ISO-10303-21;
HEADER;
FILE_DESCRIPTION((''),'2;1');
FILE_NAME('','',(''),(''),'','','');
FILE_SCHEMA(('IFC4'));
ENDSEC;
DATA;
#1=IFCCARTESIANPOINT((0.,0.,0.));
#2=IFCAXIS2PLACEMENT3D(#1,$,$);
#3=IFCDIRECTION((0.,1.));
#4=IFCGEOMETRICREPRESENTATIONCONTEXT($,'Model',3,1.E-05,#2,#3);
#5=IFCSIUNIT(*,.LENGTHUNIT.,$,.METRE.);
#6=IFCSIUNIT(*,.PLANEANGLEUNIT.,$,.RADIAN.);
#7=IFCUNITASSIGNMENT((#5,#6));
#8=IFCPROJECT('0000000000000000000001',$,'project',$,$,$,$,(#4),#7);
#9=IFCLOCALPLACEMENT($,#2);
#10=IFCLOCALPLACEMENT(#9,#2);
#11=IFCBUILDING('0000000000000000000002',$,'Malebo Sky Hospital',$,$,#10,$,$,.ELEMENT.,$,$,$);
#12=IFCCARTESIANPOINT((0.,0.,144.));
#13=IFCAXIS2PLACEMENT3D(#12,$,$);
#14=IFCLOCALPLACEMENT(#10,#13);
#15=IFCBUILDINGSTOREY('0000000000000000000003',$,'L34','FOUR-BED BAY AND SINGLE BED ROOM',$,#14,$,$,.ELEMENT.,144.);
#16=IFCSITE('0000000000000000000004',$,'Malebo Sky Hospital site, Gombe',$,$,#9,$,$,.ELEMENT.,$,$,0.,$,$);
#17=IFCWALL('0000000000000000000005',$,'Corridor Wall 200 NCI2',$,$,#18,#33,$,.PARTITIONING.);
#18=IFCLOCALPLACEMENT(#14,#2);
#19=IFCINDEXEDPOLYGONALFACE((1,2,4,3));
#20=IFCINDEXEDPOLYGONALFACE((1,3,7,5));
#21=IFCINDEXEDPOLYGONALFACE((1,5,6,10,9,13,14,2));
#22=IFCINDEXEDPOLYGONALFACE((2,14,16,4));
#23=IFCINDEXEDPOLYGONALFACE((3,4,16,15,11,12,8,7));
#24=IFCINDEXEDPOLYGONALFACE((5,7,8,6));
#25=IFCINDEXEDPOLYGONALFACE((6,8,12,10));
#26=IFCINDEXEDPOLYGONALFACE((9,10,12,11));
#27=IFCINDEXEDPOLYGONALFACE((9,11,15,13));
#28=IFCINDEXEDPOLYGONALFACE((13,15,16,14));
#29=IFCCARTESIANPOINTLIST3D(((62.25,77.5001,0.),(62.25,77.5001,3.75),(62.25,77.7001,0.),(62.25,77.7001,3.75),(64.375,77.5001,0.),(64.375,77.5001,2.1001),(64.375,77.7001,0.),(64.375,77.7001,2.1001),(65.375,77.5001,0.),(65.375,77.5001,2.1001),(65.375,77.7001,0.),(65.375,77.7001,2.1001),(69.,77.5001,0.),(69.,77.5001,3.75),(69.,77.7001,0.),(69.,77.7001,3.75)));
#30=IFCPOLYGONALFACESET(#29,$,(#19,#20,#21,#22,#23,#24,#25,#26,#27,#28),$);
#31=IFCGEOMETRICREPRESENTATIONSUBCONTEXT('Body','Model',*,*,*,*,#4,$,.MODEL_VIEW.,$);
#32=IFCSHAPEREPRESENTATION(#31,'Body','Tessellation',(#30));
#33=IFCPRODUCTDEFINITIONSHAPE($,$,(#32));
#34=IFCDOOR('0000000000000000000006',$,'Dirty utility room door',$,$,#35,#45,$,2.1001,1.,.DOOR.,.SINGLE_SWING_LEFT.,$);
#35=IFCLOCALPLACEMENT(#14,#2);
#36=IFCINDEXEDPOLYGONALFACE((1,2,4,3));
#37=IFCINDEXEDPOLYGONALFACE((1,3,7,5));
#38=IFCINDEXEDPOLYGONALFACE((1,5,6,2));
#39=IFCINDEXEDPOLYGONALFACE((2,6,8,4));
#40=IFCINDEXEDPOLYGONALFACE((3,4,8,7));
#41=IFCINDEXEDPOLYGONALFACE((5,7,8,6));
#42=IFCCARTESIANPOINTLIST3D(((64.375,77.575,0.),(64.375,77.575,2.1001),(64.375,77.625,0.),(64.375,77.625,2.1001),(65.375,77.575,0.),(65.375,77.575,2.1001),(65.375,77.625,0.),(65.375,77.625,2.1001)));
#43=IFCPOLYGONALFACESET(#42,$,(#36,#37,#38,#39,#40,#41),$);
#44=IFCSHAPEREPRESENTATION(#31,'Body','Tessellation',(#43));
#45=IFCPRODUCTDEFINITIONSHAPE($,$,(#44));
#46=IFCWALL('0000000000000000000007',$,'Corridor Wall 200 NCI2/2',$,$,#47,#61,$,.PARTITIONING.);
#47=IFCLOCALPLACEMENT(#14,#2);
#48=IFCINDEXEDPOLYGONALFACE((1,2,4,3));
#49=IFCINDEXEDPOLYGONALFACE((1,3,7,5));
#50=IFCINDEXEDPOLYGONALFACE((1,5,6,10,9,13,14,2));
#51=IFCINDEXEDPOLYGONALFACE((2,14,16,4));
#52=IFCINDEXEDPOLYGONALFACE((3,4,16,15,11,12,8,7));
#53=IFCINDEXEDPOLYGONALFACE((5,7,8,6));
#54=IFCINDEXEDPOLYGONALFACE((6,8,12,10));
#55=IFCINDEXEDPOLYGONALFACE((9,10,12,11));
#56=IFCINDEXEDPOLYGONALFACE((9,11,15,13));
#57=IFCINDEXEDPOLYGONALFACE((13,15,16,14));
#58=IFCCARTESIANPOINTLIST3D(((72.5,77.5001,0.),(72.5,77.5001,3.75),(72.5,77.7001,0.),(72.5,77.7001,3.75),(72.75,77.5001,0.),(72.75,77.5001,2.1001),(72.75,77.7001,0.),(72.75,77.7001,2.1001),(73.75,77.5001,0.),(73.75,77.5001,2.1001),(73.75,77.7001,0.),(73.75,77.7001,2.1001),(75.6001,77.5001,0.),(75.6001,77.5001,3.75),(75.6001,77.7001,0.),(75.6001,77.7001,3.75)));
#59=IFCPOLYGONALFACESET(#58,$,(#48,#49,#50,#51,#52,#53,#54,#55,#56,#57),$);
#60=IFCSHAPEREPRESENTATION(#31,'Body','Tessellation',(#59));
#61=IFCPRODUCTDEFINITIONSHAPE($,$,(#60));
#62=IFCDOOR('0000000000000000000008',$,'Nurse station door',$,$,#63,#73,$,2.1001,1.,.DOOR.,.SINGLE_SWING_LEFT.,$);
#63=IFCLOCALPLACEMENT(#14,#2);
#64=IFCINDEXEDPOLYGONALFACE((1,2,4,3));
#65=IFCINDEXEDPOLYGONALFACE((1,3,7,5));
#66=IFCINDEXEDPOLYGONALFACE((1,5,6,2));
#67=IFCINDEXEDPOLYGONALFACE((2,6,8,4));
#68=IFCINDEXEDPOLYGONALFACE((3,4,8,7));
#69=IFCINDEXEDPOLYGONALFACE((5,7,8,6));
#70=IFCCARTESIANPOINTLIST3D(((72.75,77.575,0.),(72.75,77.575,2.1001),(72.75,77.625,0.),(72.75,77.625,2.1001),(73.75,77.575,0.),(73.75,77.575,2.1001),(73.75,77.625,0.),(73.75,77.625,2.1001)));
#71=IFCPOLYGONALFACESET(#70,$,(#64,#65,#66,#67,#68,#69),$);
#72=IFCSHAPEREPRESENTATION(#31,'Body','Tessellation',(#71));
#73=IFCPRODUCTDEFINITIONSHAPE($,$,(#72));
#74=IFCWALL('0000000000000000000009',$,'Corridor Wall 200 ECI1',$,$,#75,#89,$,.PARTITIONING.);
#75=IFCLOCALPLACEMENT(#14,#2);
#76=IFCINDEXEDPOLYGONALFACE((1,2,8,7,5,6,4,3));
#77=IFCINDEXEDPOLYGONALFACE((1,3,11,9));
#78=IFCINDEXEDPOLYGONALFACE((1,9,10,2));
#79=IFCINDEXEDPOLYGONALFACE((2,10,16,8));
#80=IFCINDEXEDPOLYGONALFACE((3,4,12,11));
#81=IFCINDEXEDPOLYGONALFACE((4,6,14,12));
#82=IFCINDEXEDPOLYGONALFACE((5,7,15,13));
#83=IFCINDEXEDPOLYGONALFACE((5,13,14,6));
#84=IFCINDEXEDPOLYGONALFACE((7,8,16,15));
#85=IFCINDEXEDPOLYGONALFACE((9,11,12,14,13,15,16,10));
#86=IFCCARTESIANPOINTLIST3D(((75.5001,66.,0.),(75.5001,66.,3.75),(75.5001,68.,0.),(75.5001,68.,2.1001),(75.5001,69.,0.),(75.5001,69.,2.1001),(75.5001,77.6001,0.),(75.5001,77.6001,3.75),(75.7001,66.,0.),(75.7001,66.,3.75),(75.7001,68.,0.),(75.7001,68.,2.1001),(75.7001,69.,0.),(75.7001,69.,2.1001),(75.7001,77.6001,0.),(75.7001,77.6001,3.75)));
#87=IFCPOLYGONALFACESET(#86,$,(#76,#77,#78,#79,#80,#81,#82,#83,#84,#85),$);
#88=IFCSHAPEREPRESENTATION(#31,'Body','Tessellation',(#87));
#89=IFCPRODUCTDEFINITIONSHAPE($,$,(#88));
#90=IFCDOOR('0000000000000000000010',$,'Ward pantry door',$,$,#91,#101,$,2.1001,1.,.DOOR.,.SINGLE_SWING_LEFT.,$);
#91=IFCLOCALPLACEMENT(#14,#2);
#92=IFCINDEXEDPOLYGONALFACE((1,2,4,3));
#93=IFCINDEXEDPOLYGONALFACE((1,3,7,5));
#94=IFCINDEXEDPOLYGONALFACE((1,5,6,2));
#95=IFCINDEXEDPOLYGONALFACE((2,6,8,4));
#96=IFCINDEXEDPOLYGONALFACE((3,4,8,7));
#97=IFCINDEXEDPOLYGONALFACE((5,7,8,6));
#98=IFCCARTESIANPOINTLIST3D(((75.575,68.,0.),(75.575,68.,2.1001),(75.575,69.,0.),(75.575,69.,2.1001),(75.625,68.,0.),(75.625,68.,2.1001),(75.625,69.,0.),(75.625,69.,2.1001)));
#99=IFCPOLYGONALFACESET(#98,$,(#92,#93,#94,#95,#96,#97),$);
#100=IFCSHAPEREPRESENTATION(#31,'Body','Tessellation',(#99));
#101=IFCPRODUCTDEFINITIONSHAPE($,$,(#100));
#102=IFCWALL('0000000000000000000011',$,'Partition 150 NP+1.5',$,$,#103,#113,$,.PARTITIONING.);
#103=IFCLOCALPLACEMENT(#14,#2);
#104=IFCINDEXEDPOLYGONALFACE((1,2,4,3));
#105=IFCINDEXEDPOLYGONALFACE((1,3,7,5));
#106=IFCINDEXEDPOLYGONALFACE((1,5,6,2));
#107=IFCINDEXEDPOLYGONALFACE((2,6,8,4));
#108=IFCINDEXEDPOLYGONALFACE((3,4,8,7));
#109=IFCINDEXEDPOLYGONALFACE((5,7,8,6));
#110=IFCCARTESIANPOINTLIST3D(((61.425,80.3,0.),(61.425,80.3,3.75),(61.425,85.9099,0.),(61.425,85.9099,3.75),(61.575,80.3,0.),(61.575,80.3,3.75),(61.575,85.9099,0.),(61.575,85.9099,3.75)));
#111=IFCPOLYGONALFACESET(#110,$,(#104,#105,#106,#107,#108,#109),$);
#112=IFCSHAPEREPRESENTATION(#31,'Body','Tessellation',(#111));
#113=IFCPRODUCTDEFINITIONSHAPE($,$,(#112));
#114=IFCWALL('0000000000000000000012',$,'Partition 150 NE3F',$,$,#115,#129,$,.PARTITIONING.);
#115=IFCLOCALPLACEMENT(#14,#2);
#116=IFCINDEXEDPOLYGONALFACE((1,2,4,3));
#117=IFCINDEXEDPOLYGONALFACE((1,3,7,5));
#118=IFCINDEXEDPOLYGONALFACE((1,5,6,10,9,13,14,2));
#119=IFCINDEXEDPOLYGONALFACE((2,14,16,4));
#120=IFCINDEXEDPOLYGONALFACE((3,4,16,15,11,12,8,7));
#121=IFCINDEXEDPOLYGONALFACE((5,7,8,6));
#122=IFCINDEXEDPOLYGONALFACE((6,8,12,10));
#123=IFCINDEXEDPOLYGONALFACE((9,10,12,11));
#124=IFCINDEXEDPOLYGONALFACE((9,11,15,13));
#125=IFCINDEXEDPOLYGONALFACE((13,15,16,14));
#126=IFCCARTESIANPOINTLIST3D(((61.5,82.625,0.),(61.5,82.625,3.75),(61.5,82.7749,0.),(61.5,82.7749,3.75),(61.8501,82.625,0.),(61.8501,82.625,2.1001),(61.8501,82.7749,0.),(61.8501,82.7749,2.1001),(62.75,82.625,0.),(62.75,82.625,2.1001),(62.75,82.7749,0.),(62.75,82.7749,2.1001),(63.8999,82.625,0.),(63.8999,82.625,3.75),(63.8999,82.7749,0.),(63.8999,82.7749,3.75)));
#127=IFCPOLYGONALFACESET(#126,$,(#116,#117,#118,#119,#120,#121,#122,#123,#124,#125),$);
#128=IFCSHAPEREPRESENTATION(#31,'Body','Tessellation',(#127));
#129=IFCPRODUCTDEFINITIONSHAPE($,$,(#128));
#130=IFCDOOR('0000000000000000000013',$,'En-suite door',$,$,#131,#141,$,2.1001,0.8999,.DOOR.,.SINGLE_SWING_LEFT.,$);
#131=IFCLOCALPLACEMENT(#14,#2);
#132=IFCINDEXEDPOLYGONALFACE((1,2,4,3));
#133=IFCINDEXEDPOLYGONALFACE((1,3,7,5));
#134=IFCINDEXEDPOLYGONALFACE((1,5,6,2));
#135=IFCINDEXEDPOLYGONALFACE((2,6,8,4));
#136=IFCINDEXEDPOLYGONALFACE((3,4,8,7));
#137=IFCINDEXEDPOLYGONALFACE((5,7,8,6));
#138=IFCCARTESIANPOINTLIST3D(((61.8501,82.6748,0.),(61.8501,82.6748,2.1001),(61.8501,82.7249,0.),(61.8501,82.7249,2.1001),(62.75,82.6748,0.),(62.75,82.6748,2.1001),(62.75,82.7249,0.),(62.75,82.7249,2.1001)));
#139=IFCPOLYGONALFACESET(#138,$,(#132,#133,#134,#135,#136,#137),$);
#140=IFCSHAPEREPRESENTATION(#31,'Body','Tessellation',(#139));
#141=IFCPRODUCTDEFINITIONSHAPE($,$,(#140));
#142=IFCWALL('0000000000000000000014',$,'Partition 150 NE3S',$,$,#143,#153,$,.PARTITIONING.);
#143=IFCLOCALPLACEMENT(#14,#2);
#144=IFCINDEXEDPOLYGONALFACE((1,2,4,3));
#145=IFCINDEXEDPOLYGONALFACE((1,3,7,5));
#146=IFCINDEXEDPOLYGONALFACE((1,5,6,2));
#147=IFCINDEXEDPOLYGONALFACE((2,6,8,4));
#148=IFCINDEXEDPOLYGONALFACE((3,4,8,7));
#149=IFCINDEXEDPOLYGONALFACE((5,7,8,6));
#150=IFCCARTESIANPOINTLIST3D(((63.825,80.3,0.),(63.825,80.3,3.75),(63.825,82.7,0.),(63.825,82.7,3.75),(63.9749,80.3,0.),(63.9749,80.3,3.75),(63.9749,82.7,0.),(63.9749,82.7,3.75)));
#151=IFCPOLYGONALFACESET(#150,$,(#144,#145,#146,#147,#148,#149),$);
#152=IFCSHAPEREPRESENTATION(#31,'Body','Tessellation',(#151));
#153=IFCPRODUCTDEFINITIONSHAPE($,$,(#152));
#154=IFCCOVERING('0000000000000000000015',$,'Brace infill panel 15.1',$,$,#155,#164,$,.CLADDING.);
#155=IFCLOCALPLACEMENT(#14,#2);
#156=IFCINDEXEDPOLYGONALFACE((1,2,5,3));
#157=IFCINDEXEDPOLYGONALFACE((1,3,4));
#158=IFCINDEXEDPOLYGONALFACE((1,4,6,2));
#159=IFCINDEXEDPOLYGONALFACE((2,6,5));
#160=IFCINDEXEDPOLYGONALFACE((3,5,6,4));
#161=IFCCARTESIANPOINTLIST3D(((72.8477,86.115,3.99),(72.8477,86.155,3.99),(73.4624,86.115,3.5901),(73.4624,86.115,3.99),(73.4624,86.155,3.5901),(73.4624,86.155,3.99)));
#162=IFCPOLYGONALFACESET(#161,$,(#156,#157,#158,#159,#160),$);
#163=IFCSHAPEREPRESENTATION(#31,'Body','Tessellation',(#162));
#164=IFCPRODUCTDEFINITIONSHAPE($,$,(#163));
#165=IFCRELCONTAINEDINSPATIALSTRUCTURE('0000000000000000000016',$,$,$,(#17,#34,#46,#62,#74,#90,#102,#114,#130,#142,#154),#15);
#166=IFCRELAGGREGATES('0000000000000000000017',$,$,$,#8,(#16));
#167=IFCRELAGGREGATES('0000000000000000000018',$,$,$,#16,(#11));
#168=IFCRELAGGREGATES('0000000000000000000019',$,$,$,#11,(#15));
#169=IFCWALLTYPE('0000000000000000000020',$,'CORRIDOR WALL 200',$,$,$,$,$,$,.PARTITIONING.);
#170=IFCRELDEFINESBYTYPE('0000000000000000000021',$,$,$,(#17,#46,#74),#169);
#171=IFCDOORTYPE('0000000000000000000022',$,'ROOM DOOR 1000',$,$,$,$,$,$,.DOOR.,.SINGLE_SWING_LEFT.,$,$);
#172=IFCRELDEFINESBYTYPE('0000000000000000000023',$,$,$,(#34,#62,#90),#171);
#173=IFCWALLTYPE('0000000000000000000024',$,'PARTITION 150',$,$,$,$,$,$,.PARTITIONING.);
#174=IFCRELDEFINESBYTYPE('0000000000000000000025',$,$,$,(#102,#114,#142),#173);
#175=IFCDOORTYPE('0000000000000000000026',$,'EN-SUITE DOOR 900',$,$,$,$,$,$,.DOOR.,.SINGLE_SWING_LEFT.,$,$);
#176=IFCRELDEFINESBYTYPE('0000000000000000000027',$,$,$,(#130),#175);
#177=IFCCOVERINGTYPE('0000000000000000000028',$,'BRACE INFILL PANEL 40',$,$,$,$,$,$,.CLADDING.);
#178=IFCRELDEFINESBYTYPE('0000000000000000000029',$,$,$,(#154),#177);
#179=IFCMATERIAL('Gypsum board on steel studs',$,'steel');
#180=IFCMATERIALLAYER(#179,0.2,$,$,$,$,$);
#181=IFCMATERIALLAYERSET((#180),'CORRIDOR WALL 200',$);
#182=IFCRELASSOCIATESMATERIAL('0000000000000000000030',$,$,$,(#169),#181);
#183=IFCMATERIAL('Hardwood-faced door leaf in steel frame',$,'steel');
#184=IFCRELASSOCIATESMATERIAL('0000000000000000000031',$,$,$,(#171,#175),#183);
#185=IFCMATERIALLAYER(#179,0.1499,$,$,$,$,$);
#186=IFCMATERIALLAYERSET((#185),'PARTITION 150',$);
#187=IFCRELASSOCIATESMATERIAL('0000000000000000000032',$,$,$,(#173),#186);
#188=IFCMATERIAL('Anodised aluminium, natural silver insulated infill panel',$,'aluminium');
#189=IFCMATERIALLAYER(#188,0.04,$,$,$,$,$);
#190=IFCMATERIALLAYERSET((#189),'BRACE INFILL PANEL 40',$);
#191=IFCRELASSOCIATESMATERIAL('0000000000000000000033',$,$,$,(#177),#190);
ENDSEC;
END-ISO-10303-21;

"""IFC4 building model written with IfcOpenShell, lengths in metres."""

from ifc_helpers import new_model, si_unit, direction, frame, frame_2d, origin, place, context, subcontext, project, spatial, polyline, rectangle, outline, extrude, material, layer, layer_set, type_object, element, fill, save


model = new_model("IFC4")

# Units and contexts
model_context = context("Model", 3, precision=1e-05, world=origin(), true_north=direction((0.0, 1.0)))
body_context = subcontext(model_context, "Body", "Model", "MODEL_VIEW")
ifc_project = project(units=[si_unit("LENGTHUNIT", "METRE"), si_unit("PLANEANGLEUNIT", "RADIAN")], contexts=[model_context])

# Site, building, storey
site_placement = place(None, origin())
site = spatial("IfcSite", under=ifc_project, at=site_placement, Name="Malebo Sky Hospital site, Gombe", CompositionType="ELEMENT", RefElevation=0.0)
building_placement = place(site_placement, origin())
building = spatial("IfcBuilding", under=site, at=building_placement, Name="Malebo Sky Hospital", CompositionType="ELEMENT")
storey_placement = place(building_placement, frame((0.0, 0.0, 144.0)))
storey = spatial("IfcBuildingStorey", under=building, at=storey_placement, Name="L34", Description="FOUR-BED BAY AND SINGLE BED ROOM", CompositionType="ELEMENT", Elevation=144.0)

# Walls, openings, doors
ifc_material_1 = material(Name="Gypsum board on steel studs", Category="steel")
ifc_layer_1 = layer(ifc_material_1, 0.2)
ifc_layer_set_1 = layer_set([ifc_layer_1], Name="CORRIDOR WALL 200")
wall_type_1 = type_object("IfcWallType", Name="CORRIDOR WALL 200", PredefinedType="PARTITIONING", material=ifc_layer_set_1)
wall_1_placement = place(storey_placement, frame((62.25, 77.6001, 0.0), z_axis=(0.0, 0.0, 1.0), x_axis=(1.0, 0.0, 0.0)))
wall_1 = element("IfcWall", 1, at=wall_1_placement, inside=storey, type_object=wall_type_1, Name="Corridor Wall 200 NCI2", PredefinedType="PARTITIONING", context=body_context, shape_type="SweptSolid", body=[
    extrude(rectangle(XDim=6.75, YDim=0.2, at=frame_2d((3.375, 0.0))), origin(), (0.0, 0.0, 1.0), 3.75),
])
opening_1_placement = place(wall_1_placement, frame((2.125, 0.0, 0.0)))
opening_1 = element("IfcOpeningElement", 2, at=opening_1_placement, cuts=wall_1, PredefinedType="OPENING", context=body_context, shape_type="SweptSolid", body=[
    extrude(rectangle(XDim=1.0, YDim=2.1001, at=frame_2d((0.5, 1.05))), frame((0.0, 0.1099, 0.0), z_axis=(0.0, -1.0, 0.0), x_axis=(1.0, 0.0, 0.0)), (0.0, 0.0, 1.0), 0.22),
])
ifc_material_2 = material(Name="Hardwood-faced door leaf in steel frame", Category="steel")
door_type_1 = type_object("IfcDoorType", Name="ROOM DOOR 1000", OperationType="SINGLE_SWING_LEFT", PredefinedType="DOOR", material=ifc_material_2)
door_1_placement = place(opening_1_placement, origin())
door_1 = element("IfcDoor", 3, at=door_1_placement, inside=storey, type_object=door_type_1, Name="Dirty utility room door", OperationType="SINGLE_SWING_LEFT", OverallHeight=2.1001, OverallWidth=1.0, PredefinedType="DOOR", context=body_context, shape_type="SweptSolid", body=[
    extrude(rectangle(XDim=1.0, YDim=2.1001, at=frame_2d((0.5, 1.05))), frame((0.0, 0.0249, 0.0), z_axis=(0.0, -1.0, 0.0), x_axis=(1.0, 0.0, 0.0)), (0.0, 0.0, 1.0), 0.05),
])
fill(opening_1, door_1)
wall_2_placement = place(storey_placement, frame((72.5, 77.6001, 0.0), z_axis=(0.0, 0.0, 1.0), x_axis=(1.0, 0.0, 0.0)))
wall_2 = element("IfcWall", 4, at=wall_2_placement, inside=storey, type_object=wall_type_1, Name="Corridor Wall 200 NCI2/2", PredefinedType="PARTITIONING", context=body_context, shape_type="SweptSolid", body=[
    extrude(rectangle(XDim=3.1001, YDim=0.2, at=frame_2d((1.55, 0.0))), origin(), (0.0, 0.0, 1.0), 3.75),
])
opening_2_placement = place(wall_2_placement, frame((0.25, 0.0, 0.0)))
opening_2 = element("IfcOpeningElement", 5, at=opening_2_placement, cuts=wall_2, PredefinedType="OPENING", context=body_context, shape_type="SweptSolid", body=[
    extrude(rectangle(XDim=1.0, YDim=2.1001, at=frame_2d((0.5, 1.05))), frame((0.0, 0.1099, 0.0), z_axis=(0.0, -1.0, 0.0), x_axis=(1.0, 0.0, 0.0)), (0.0, 0.0, 1.0), 0.22),
])
door_2_placement = place(opening_2_placement, origin())
door_2 = element("IfcDoor", 6, at=door_2_placement, inside=storey, type_object=door_type_1, Name="Nurse station door", OperationType="SINGLE_SWING_LEFT", OverallHeight=2.1001, OverallWidth=1.0, PredefinedType="DOOR", context=body_context, shape_type="SweptSolid", body=[
    extrude(rectangle(XDim=1.0, YDim=2.1001, at=frame_2d((0.5, 1.05))), frame((0.0, 0.0249, 0.0), z_axis=(0.0, -1.0, 0.0), x_axis=(1.0, 0.0, 0.0)), (0.0, 0.0, 1.0), 0.05),
])
fill(opening_2, door_2)
wall_3_placement = place(storey_placement, frame((75.6001, 77.6001, 0.0), z_axis=(0.0, 0.0, 1.0), x_axis=(0.0, -1.0, 0.0)))
wall_3 = element("IfcWall", 7, at=wall_3_placement, inside=storey, type_object=wall_type_1, Name="Corridor Wall 200 ECI1", PredefinedType="PARTITIONING", context=body_context, shape_type="SweptSolid", body=[
    extrude(rectangle(XDim=11.6001, YDim=0.2, at=frame_2d((5.8, 0.0))), origin(), (0.0, 0.0, 1.0), 3.75),
])
opening_3_placement = place(wall_3_placement, frame((8.6001, 0.0, 0.0)))
opening_3 = element("IfcOpeningElement", 8, at=opening_3_placement, cuts=wall_3, PredefinedType="OPENING", context=body_context, shape_type="SweptSolid", body=[
    extrude(rectangle(XDim=1.0, YDim=2.1001, at=frame_2d((0.5, 1.05))), frame((0.0, 0.1099, 0.0), z_axis=(0.0, -1.0, 0.0), x_axis=(1.0, 0.0, 0.0)), (0.0, 0.0, 1.0), 0.22),
])
door_3_placement = place(opening_3_placement, origin())
door_3 = element("IfcDoor", 9, at=door_3_placement, inside=storey, type_object=door_type_1, Name="Ward pantry door", OperationType="SINGLE_SWING_LEFT", OverallHeight=2.1001, OverallWidth=1.0, PredefinedType="DOOR", context=body_context, shape_type="SweptSolid", body=[
    extrude(rectangle(XDim=1.0, YDim=2.1001, at=frame_2d((0.5, 1.05))), frame((0.0, 0.0249, 0.0), z_axis=(0.0, -1.0, 0.0), x_axis=(1.0, 0.0, 0.0)), (0.0, 0.0, 1.0), 0.05),
])
fill(opening_3, door_3)

# Wall
ifc_layer_2 = layer(ifc_material_1, 0.1499)
ifc_layer_set_2 = layer_set([ifc_layer_2], Name="PARTITION 150")
wall_type_2 = type_object("IfcWallType", Name="PARTITION 150", PredefinedType="PARTITIONING", material=ifc_layer_set_2)
wall_4_placement = place(storey_placement, frame((61.5, 80.3, 0.0), z_axis=(0.0, 0.0, 1.0), x_axis=(0.0, 1.0, 0.0)))
element("IfcWall", 10, at=wall_4_placement, inside=storey, type_object=wall_type_2, Name="Partition 150 NP+1.5", PredefinedType="PARTITIONING", context=body_context, shape_type="SweptSolid", body=[
    extrude(rectangle(XDim=5.6099, YDim=0.1499, at=frame_2d((2.8049, 0.0))), origin(), (0.0, 0.0, 1.0), 3.75),
])

# Wall, opening, door
wall_5_placement = place(storey_placement, frame((61.5, 82.7, 0.0), z_axis=(0.0, 0.0, 1.0), x_axis=(1.0, 0.0, 0.0)))
wall_5 = element("IfcWall", 11, at=wall_5_placement, inside=storey, type_object=wall_type_2, Name="Partition 150 NE3F", PredefinedType="PARTITIONING", context=body_context, shape_type="SweptSolid", body=[
    extrude(rectangle(XDim=2.3999, YDim=0.1499, at=frame_2d((1.2, 0.0))), origin(), (0.0, 0.0, 1.0), 3.75),
])
opening_4_placement = place(wall_5_placement, frame((0.3501, 0.0, 0.0)))
opening_4 = element("IfcOpeningElement", 12, at=opening_4_placement, cuts=wall_5, PredefinedType="OPENING", context=body_context, shape_type="SweptSolid", body=[
    extrude(rectangle(XDim=0.8999, YDim=2.1001, at=frame_2d((0.45, 1.05))), frame((0.0, 0.085, 0.0), z_axis=(0.0, -1.0, 0.0), x_axis=(1.0, 0.0, 0.0)), (0.0, 0.0, 1.0), 0.1699),
])
door_type_2 = type_object("IfcDoorType", Name="EN-SUITE DOOR 900", OperationType="SINGLE_SWING_LEFT", PredefinedType="DOOR", material=ifc_material_2)
door_4_placement = place(opening_4_placement, origin())
door_4 = element("IfcDoor", 13, at=door_4_placement, inside=storey, type_object=door_type_2, Name="En-suite door", OperationType="SINGLE_SWING_LEFT", OverallHeight=2.1001, OverallWidth=0.8999, PredefinedType="DOOR", context=body_context, shape_type="SweptSolid", body=[
    extrude(rectangle(XDim=0.8999, YDim=2.1001, at=frame_2d((0.45, 1.05))), frame((0.0, 0.0249, 0.0), z_axis=(0.0, -1.0, 0.0), x_axis=(1.0, 0.0, 0.0)), (0.0, 0.0, 1.0), 0.05),
])
fill(opening_4, door_4)

# Wall
wall_6_placement = place(storey_placement, frame((63.8999, 80.3, 0.0), z_axis=(0.0, 0.0, 1.0), x_axis=(0.0, 1.0, 0.0)))
element("IfcWall", 14, at=wall_6_placement, inside=storey, type_object=wall_type_2, Name="Partition 150 NE3S", PredefinedType="PARTITIONING", context=body_context, shape_type="SweptSolid", body=[
    extrude(rectangle(XDim=2.3999, YDim=0.1499, at=frame_2d((1.2, 0.0))), origin(), (0.0, 0.0, 1.0), 3.75),
])

# Covering
ifc_material_3 = material(Name="Anodised aluminium, natural silver insulated infill panel", Category="aluminium")
ifc_layer_3 = layer(ifc_material_3, 0.04)
ifc_layer_set_3 = layer_set([ifc_layer_3], Name="BRACE INFILL PANEL 40")
covering_type = type_object("IfcCoveringType", Name="BRACE INFILL PANEL 40", PredefinedType="CLADDING", material=ifc_layer_set_3)
covering_1_placement = place(storey_placement, frame((73.155, 86.135, 3.5901), z_axis=(0.0, 0.0, 1.0), x_axis=(1.0, 0.0, 0.0)))
element("IfcCovering", 15, at=covering_1_placement, inside=storey, type_object=covering_type, Name="Brace infill panel 15.1", PredefinedType="CLADDING", context=body_context, shape_type="SweptSolid", body=[
    extrude(outline(polyline([(0.3074, 0.0), (0.3074, 0.3999), (-0.3074, 0.3999), (0.3074, 0.0)])), frame((0.0, 0.02, 0.0), z_axis=(0.0, -1.0, 0.0), x_axis=(1.0, 0.0, 0.0)), (0.0, 0.0, 1.0), 0.04),
])

save(model, "model.ifc")
